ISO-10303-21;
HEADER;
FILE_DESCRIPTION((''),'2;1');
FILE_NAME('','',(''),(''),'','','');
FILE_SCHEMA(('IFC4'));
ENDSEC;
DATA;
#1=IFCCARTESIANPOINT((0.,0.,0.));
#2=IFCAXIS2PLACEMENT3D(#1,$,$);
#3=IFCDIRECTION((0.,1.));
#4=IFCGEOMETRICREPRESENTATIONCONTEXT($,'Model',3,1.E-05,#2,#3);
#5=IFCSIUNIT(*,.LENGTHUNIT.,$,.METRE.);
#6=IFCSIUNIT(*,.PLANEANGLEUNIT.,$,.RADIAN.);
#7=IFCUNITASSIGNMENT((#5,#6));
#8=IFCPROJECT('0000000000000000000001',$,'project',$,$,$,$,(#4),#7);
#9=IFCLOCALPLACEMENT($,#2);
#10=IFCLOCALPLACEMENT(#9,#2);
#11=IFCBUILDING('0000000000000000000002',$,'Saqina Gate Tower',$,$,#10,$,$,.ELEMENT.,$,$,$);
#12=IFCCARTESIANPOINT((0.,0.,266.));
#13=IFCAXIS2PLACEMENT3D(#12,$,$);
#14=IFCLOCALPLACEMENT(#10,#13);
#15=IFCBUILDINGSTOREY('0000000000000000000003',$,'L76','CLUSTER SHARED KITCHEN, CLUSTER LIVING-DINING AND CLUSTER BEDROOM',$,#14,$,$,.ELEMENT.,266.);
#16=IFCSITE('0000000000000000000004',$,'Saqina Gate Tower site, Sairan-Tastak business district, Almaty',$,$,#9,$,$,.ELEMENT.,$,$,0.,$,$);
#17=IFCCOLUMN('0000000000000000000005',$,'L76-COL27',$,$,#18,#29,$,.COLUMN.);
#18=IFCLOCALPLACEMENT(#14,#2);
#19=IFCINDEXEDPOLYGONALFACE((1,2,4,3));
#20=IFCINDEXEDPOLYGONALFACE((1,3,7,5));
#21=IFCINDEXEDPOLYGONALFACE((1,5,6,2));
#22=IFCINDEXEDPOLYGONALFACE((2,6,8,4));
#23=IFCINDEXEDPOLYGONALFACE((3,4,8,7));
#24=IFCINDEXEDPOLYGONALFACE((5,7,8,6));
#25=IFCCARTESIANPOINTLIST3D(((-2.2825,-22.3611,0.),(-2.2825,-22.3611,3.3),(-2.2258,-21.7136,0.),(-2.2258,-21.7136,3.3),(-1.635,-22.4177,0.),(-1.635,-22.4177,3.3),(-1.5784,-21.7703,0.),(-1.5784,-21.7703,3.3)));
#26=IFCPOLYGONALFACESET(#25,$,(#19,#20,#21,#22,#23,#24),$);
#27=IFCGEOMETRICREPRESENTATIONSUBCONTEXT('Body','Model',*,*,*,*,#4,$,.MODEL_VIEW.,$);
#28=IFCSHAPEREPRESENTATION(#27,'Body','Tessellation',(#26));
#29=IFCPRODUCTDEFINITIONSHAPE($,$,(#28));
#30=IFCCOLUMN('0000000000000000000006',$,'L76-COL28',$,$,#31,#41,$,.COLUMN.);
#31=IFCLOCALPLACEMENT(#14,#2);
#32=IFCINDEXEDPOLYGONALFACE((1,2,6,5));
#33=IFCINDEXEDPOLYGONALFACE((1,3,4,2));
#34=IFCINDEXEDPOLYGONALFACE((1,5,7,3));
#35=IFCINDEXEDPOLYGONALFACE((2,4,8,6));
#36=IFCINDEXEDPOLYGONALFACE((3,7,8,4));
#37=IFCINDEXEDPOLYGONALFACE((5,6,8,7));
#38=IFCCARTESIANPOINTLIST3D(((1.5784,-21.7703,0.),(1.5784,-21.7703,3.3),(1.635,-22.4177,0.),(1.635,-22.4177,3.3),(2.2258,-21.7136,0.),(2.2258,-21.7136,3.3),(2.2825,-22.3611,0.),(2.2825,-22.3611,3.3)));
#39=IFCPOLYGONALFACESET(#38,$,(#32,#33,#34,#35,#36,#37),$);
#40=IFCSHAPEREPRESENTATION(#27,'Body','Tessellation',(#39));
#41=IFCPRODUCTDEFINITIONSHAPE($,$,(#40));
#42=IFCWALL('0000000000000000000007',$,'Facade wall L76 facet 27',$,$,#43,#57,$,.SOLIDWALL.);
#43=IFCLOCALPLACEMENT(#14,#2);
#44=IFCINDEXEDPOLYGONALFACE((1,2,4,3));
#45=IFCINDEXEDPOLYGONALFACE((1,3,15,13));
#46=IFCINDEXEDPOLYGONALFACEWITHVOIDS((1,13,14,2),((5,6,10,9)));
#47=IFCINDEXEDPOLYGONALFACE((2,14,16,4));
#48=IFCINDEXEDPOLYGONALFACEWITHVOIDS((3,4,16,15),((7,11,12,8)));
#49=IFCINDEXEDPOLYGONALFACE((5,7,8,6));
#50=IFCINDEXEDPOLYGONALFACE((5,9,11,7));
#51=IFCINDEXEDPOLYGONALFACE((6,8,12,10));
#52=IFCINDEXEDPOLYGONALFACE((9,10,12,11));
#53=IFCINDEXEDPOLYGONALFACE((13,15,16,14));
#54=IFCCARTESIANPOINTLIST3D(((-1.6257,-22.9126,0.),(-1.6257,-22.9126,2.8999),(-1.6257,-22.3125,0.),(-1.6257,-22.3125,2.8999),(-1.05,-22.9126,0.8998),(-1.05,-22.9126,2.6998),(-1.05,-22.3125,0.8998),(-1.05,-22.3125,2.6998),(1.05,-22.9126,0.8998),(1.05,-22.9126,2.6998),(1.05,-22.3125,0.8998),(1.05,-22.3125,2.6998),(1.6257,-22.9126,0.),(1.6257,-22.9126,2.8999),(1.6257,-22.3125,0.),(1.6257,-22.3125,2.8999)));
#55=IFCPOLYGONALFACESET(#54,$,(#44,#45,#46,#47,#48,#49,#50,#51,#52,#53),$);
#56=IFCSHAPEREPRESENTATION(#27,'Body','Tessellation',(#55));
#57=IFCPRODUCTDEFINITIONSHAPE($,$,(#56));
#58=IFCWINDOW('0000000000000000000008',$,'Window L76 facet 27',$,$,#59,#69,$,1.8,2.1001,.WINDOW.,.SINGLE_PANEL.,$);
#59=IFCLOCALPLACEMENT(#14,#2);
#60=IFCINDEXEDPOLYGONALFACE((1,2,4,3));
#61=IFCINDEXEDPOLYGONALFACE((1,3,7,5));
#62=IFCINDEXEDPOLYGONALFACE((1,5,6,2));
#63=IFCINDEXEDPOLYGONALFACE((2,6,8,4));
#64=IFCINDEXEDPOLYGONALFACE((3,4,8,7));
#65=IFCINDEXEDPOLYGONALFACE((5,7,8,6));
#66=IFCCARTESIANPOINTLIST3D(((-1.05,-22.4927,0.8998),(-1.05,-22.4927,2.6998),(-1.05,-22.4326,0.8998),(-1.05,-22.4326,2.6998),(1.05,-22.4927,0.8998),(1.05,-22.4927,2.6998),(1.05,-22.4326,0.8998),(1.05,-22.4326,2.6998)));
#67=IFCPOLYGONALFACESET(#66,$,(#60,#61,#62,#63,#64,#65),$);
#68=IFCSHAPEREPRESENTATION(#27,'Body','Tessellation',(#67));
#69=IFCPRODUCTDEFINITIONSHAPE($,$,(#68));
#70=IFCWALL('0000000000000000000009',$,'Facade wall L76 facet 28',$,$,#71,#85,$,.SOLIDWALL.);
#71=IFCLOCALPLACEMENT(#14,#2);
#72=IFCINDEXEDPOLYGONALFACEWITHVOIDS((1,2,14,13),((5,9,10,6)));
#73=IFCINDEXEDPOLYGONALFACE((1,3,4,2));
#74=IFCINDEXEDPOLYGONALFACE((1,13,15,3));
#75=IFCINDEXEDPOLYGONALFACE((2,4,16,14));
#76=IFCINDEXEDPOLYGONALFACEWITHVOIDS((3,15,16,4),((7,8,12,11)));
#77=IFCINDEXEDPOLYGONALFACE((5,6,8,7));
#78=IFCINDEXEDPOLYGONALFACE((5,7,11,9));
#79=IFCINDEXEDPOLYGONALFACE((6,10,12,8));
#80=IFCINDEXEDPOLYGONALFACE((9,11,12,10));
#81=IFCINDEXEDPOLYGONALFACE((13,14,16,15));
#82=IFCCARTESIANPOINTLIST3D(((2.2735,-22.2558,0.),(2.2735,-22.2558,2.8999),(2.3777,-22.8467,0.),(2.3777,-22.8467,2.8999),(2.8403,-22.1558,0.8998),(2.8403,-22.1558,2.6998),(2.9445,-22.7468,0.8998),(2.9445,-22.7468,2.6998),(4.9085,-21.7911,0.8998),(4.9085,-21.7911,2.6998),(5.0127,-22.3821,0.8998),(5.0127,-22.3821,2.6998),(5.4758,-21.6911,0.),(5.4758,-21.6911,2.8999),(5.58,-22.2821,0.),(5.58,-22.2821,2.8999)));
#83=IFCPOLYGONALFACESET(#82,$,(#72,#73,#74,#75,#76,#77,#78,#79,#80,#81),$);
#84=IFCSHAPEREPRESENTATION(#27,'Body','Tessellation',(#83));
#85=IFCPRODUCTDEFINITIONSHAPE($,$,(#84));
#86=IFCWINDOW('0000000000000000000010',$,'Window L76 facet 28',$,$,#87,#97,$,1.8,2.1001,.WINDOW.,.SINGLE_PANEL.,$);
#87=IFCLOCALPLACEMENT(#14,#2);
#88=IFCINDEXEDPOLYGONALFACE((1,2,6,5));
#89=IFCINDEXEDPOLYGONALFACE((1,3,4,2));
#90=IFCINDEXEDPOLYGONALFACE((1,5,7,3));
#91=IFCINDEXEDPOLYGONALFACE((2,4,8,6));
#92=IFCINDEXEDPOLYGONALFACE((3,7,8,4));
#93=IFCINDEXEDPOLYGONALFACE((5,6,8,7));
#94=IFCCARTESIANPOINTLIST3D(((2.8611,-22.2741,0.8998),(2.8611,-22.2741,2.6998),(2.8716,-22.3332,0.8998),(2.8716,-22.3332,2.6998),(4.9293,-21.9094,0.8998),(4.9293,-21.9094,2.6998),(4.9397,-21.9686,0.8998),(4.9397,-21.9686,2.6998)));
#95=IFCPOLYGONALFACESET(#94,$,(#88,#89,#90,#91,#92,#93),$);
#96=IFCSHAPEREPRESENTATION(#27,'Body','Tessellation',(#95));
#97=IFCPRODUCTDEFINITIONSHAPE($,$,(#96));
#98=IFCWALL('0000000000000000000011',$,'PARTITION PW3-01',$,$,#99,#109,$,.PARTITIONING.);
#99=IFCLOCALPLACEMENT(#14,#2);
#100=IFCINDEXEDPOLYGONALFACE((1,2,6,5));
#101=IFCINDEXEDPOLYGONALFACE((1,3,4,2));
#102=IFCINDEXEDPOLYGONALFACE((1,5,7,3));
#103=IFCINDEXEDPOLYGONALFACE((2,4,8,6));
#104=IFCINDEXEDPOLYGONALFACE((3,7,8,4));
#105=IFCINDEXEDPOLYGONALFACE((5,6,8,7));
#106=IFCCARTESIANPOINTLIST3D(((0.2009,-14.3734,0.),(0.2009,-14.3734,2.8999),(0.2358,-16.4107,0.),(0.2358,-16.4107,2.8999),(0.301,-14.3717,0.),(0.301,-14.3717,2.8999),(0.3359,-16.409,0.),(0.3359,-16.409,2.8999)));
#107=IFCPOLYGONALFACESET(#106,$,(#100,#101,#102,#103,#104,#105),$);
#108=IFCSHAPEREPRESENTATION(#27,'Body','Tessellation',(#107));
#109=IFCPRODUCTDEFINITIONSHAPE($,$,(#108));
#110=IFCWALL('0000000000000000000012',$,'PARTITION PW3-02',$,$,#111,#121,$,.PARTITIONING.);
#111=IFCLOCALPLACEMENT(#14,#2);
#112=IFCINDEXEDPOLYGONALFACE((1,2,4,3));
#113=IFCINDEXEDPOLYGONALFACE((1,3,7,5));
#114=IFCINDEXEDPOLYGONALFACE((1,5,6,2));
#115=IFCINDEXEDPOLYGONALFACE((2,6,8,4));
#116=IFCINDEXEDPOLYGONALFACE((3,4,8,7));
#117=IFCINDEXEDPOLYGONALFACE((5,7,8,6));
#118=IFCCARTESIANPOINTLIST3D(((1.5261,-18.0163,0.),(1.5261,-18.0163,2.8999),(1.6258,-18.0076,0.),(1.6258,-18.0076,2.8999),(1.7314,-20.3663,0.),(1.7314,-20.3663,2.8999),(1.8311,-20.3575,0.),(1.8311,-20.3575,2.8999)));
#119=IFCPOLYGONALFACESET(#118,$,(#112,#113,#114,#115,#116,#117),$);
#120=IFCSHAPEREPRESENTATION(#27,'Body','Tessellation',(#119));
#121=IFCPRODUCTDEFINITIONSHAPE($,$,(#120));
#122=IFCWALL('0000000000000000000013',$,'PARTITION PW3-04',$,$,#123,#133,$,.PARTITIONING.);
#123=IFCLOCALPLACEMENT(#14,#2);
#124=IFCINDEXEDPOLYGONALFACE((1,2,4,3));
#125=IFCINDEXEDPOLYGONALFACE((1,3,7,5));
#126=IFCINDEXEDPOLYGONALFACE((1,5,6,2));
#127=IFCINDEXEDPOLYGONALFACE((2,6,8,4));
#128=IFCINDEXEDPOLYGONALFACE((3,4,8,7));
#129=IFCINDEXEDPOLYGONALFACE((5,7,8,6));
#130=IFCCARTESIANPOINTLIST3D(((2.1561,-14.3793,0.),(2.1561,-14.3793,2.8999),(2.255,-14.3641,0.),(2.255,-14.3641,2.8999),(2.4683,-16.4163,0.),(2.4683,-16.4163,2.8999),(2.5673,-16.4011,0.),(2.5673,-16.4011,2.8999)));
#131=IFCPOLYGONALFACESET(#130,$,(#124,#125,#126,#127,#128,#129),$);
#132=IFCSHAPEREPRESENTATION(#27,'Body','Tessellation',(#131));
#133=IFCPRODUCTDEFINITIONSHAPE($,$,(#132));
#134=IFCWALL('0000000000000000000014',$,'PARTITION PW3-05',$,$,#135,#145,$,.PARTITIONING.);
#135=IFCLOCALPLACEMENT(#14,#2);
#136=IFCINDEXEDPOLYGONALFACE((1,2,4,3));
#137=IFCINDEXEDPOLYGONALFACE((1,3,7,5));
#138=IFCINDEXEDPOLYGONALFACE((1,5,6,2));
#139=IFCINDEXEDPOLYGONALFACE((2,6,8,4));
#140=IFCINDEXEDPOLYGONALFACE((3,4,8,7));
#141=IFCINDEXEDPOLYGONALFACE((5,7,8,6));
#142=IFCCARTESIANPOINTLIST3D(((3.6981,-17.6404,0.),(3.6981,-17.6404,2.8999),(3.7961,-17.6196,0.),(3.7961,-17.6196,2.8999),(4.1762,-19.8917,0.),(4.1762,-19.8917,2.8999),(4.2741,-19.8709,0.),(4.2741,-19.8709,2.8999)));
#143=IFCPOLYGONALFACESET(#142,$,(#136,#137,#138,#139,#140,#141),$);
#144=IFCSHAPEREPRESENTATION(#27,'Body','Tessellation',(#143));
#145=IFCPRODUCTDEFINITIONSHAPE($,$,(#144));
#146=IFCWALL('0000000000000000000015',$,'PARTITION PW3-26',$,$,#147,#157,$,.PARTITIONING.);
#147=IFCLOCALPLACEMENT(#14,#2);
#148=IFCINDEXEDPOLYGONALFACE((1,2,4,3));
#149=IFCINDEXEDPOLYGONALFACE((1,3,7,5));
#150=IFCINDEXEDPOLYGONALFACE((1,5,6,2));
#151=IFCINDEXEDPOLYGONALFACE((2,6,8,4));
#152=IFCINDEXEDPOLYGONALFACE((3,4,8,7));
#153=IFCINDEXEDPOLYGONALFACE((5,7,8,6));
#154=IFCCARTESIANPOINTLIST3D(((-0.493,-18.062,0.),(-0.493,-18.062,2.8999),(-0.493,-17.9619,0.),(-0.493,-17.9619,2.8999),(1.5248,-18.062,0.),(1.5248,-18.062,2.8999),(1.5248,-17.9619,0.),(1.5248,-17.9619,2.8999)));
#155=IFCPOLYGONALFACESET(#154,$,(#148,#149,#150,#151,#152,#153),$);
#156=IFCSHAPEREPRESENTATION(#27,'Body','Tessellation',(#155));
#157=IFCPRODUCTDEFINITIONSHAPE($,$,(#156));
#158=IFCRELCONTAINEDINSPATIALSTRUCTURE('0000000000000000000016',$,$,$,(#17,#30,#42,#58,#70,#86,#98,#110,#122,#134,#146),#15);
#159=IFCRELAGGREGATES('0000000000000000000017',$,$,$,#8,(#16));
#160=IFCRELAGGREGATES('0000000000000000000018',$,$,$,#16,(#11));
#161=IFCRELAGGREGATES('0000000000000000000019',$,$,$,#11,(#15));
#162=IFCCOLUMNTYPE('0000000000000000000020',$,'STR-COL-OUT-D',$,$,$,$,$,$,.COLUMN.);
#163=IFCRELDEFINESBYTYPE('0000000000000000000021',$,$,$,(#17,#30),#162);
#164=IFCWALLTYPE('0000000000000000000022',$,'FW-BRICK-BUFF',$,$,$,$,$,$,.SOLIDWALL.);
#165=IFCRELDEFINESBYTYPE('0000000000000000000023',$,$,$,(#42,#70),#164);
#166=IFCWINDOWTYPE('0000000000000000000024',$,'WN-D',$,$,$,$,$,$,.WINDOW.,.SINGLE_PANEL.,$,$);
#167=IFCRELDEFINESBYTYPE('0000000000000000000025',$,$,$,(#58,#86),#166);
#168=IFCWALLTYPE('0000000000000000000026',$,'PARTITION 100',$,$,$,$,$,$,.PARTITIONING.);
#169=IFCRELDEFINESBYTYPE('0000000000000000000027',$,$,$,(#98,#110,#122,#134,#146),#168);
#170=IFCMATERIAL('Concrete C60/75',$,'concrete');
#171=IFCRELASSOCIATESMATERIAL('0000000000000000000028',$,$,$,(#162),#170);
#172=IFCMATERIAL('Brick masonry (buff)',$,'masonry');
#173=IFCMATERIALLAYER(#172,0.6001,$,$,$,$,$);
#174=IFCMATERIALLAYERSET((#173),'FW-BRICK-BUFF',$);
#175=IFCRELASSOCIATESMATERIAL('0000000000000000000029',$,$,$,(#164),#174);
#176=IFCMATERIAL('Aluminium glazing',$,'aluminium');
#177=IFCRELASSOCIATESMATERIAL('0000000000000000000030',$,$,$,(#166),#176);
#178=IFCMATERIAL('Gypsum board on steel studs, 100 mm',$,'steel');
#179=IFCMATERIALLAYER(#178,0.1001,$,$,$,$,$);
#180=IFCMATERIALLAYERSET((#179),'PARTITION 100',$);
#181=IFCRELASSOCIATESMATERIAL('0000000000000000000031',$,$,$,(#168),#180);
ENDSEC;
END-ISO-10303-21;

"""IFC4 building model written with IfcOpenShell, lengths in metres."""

from ifc_helpers import new_model, si_unit, direction, frame, frame_2d, origin, origin_2d, place, context, subcontext, project, spatial, rectangle, extrude, material, layer, layer_set, material_profile, profile_set, type_object, element, fill, save


model = new_model("IFC4")

# Units and contexts
model_context = context("Model", 3, precision=1e-05, world=origin(), true_north=direction((0.0, 1.0)))
body_context = subcontext(model_context, "Body", "Model", "MODEL_VIEW")
ifc_project = project(units=[si_unit("LENGTHUNIT", "METRE"), si_unit("PLANEANGLEUNIT", "RADIAN")], contexts=[model_context])

# Site, building, storey
site_placement = place(None, origin())
site = spatial("IfcSite", under=ifc_project, at=site_placement, Name="Saqina Gate Tower site, Sairan-Tastak business district, Almaty", CompositionType="ELEMENT", RefElevation=0.0)
building_placement = place(site_placement, origin())
building = spatial("IfcBuilding", under=site, at=building_placement, Name="Saqina Gate Tower", CompositionType="ELEMENT")
storey_placement = place(building_placement, frame((0.0, 0.0, 266.0)))
storey = spatial("IfcBuildingStorey", under=building, at=storey_placement, Name="L76", Description="CLUSTER SHARED KITCHEN, CLUSTER LIVING-DINING AND CLUSTER BEDROOM", CompositionType="ELEMENT", Elevation=266.0)

# Columns
ifc_material_1 = material(Name="Concrete C60/75", Category="concrete")
ifc_material_profile = material_profile(ifc_material_1, rectangle(XDim=0.6499, YDim=0.6499, at=origin_2d()), Name="RC 650x650")
ifc_profile_set = profile_set([ifc_material_profile], Name="Concrete C60/75")
column_type = type_object("IfcColumnType", Name="STR-COL-OUT-D", PredefinedType="COLUMN", material=ifc_profile_set)
for number, where, z_axis, x_axis, name in (
    (1, (-1.9304, -22.0657, 0.0), (0.0, 0.0, 1.0), (-0.087156, -0.996195, 0.0), "L76-COL27"),
    (2, (1.9304, -22.0657, 0.0), (0.0, 0.0, 1.0), (0.087156, -0.996195, 0.0), "L76-COL28"),
):
    element("IfcColumn", number, at=place(storey_placement, frame(where, z_axis=z_axis, x_axis=x_axis)), inside=storey, type_object=column_type, Name=name, PredefinedType="COLUMN", context=body_context, shape_type="SweptSolid", body=[
        extrude(rectangle(XDim=0.6499, YDim=0.6499, at=origin_2d()), origin(), (0.0, 0.0, 1.0), 3.3),
    ])

# Walls, openings, windows
ifc_material_2 = material(Name="Brick masonry (buff)", Category="masonry")
ifc_layer_1 = layer(ifc_material_2, 0.6001)
ifc_layer_set_1 = layer_set([ifc_layer_1], Name="FW-BRICK-BUFF")
wall_type_1 = type_object("IfcWallType", Name="FW-BRICK-BUFF", PredefinedType="SOLIDWALL", material=ifc_layer_set_1)
wall_1_placement = place(storey_placement, frame((-1.6257, -22.6125, 0.0), z_axis=(0.0, 0.0, 1.0), x_axis=(1.0, 0.0, 0.0)))
wall_1 = element("IfcWall", 3, at=wall_1_placement, inside=storey, type_object=wall_type_1, Name="Facade wall L76 facet 27", PredefinedType="SOLIDWALL", context=body_context, shape_type="SweptSolid", body=[
    extrude(rectangle(XDim=3.2515, YDim=0.6001, at=frame_2d((1.6257, 0.0))), origin(), (0.0, 0.0, 1.0), 2.8999),
])
opening_1_placement = place(wall_1_placement, frame((0.5757, 0.0, 0.8999)))
opening_1 = element("IfcOpeningElement", 4, at=opening_1_placement, cuts=wall_1, PredefinedType="OPENING", context=body_context, shape_type="SweptSolid", body=[
    extrude(rectangle(XDim=2.1001, YDim=1.8, at=frame_2d((1.05, 0.8999))), frame((0.0, 0.312, 0.0), z_axis=(0.0, -1.0, 0.0), x_axis=(1.0, 0.0, 0.0)), (0.0, 0.0, 1.0), 0.624),
])
ifc_material_3 = material(Name="Aluminium glazing", Category="aluminium")
window_type = type_object("IfcWindowType", Name="WN-D", PartitioningType="SINGLE_PANEL", PredefinedType="WINDOW", material=ifc_material_3)
window_1_placement = place(opening_1_placement, origin())
window_1 = element("IfcWindow", 5, at=window_1_placement, inside=storey, type_object=window_type, Name="Window L76 facet 27", OverallHeight=1.8, OverallWidth=2.1001, PartitioningType="SINGLE_PANEL", PredefinedType="WINDOW", context=body_context, shape_type="SweptSolid", body=[
    extrude(rectangle(XDim=2.1001, YDim=1.8, at=frame_2d((1.05, 0.8999))), frame((0.0, 0.1799, 0.0), z_axis=(0.0, -1.0, 0.0), x_axis=(1.0, 0.0, 0.0)), (0.0, 0.0, 1.0), 0.0601),
])
fill(opening_1, window_1)
wall_2_placement = place(storey_placement, frame((2.3254, -22.5513, 0.0), z_axis=(0.0, 0.0, 1.0), x_axis=(0.984806, 0.173657, 0.0)))
wall_2 = element("IfcWall", 6, at=wall_2_placement, inside=storey, type_object=wall_type_1, Name="Facade wall L76 facet 28", PredefinedType="SOLIDWALL", context=body_context, shape_type="SweptSolid", body=[
    extrude(rectangle(XDim=3.2517, YDim=0.6001, at=frame_2d((1.626, 0.0))), origin(), (0.0, 0.0, 1.0), 2.8999),
])
opening_2_placement = place(wall_2_placement, frame((0.5757, 0.0, 0.8999)))
opening_2 = element("IfcOpeningElement", 7, at=opening_2_placement, cuts=wall_2, PredefinedType="OPENING", context=body_context, shape_type="SweptSolid", body=[
    extrude(rectangle(XDim=2.1001, YDim=1.8, at=frame_2d((1.05, 0.8999))), frame((0.0, 0.312, 0.0), z_axis=(0.0, -1.0, 0.0), x_axis=(1.0, 0.0, 0.0)), (0.0, 0.0, 1.0), 0.624),
])
window_2_placement = place(opening_2_placement, origin())
window_2 = element("IfcWindow", 8, at=window_2_placement, inside=storey, type_object=window_type, Name="Window L76 facet 28", OverallHeight=1.8, OverallWidth=2.1001, PartitioningType="SINGLE_PANEL", PredefinedType="WINDOW", context=body_context, shape_type="SweptSolid", body=[
    extrude(rectangle(XDim=2.1001, YDim=1.8, at=frame_2d((1.05, 0.8999))), frame((0.0, 0.1799, 0.0), z_axis=(0.0, -1.0, 0.0), x_axis=(1.0, 0.0, 0.0)), (0.0, 0.0, 1.0), 0.0601),
])
fill(opening_2, window_2)

# Walls
ifc_material_4 = material(Name="Gypsum board on steel studs, 100 mm", Category="steel")
ifc_layer_2 = layer(ifc_material_4, 0.1001)
ifc_layer_set_2 = layer_set([ifc_layer_2], Name="PARTITION 100")
wall_type_2 = type_object("IfcWallType", Name="PARTITION 100", PredefinedType="PARTITIONING", material=ifc_layer_set_2)
wall_3_placement = place(storey_placement, frame((0.251, -14.3726, 0.0), z_axis=(0.0, 0.0, 1.0), x_axis=(0.017133, -0.999853, 0.0)))
element("IfcWall", 9, at=wall_3_placement, inside=storey, type_object=wall_type_2, Name="PARTITION PW3-01", PredefinedType="PARTITIONING", context=body_context, shape_type="SweptSolid", body=[
    extrude(rectangle(XDim=2.0376, YDim=0.1001, at=frame_2d((1.0188, 0.0))), origin(), (0.0, 0.0, 1.0), 2.8999),
])
wall_4_placement = place(storey_placement, frame((1.5759, -18.012, 0.0), z_axis=(0.0, 0.0, 1.0), x_axis=(0.087045, -0.996204, 0.0)))
element("IfcWall", 10, at=wall_4_placement, inside=storey, type_object=wall_type_2, Name="PARTITION PW3-02", PredefinedType="PARTITIONING", context=body_context, shape_type="SweptSolid", body=[
    extrude(rectangle(XDim=2.3589, YDim=0.1001, at=frame_2d((1.1794, 0.0))), origin(), (0.0, 0.0, 1.0), 2.8999),
])
wall_5_placement = place(storey_placement, frame((2.2056, -14.3718, 0.0), z_axis=(0.0, 0.0, 1.0), x_axis=(0.151514, -0.988455, 0.0)))
element("IfcWall", 11, at=wall_5_placement, inside=storey, type_object=wall_type_2, Name="PARTITION PW3-04", PredefinedType="PARTITIONING", context=body_context, shape_type="SweptSolid", body=[
    extrude(rectangle(XDim=2.0608, YDim=0.1001, at=frame_2d((1.0303, 0.0))), origin(), (0.0, 0.0, 1.0), 2.8999),
])
wall_6_placement = place(storey_placement, frame((3.7471, -17.6299, 0.0), z_axis=(0.0, 0.0, 1.0), x_axis=(0.20771, -0.97819, 0.0)))
element("IfcWall", 12, at=wall_6_placement, inside=storey, type_object=wall_type_2, Name="PARTITION PW3-05", PredefinedType="PARTITIONING", context=body_context, shape_type="SweptSolid", body=[
    extrude(rectangle(XDim=2.3015, YDim=0.1001, at=frame_2d((1.1509, 0.0))), origin(), (0.0, 0.0, 1.0), 2.8999),
])
wall_7_placement = place(storey_placement, frame((-0.4929, -18.012, 0.0), z_axis=(0.0, 0.0, 1.0), x_axis=(1.0, 0.0, 0.0)))
element("IfcWall", 13, at=wall_7_placement, inside=storey, type_object=wall_type_2, Name="PARTITION PW3-26", PredefinedType="PARTITIONING", context=body_context, shape_type="SweptSolid", body=[
    extrude(rectangle(XDim=2.0178, YDim=0.1001, at=frame_2d((1.0088, 0.0))), origin(), (0.0, 0.0, 1.0), 2.8999),
])

save(model, "model.ifc")
